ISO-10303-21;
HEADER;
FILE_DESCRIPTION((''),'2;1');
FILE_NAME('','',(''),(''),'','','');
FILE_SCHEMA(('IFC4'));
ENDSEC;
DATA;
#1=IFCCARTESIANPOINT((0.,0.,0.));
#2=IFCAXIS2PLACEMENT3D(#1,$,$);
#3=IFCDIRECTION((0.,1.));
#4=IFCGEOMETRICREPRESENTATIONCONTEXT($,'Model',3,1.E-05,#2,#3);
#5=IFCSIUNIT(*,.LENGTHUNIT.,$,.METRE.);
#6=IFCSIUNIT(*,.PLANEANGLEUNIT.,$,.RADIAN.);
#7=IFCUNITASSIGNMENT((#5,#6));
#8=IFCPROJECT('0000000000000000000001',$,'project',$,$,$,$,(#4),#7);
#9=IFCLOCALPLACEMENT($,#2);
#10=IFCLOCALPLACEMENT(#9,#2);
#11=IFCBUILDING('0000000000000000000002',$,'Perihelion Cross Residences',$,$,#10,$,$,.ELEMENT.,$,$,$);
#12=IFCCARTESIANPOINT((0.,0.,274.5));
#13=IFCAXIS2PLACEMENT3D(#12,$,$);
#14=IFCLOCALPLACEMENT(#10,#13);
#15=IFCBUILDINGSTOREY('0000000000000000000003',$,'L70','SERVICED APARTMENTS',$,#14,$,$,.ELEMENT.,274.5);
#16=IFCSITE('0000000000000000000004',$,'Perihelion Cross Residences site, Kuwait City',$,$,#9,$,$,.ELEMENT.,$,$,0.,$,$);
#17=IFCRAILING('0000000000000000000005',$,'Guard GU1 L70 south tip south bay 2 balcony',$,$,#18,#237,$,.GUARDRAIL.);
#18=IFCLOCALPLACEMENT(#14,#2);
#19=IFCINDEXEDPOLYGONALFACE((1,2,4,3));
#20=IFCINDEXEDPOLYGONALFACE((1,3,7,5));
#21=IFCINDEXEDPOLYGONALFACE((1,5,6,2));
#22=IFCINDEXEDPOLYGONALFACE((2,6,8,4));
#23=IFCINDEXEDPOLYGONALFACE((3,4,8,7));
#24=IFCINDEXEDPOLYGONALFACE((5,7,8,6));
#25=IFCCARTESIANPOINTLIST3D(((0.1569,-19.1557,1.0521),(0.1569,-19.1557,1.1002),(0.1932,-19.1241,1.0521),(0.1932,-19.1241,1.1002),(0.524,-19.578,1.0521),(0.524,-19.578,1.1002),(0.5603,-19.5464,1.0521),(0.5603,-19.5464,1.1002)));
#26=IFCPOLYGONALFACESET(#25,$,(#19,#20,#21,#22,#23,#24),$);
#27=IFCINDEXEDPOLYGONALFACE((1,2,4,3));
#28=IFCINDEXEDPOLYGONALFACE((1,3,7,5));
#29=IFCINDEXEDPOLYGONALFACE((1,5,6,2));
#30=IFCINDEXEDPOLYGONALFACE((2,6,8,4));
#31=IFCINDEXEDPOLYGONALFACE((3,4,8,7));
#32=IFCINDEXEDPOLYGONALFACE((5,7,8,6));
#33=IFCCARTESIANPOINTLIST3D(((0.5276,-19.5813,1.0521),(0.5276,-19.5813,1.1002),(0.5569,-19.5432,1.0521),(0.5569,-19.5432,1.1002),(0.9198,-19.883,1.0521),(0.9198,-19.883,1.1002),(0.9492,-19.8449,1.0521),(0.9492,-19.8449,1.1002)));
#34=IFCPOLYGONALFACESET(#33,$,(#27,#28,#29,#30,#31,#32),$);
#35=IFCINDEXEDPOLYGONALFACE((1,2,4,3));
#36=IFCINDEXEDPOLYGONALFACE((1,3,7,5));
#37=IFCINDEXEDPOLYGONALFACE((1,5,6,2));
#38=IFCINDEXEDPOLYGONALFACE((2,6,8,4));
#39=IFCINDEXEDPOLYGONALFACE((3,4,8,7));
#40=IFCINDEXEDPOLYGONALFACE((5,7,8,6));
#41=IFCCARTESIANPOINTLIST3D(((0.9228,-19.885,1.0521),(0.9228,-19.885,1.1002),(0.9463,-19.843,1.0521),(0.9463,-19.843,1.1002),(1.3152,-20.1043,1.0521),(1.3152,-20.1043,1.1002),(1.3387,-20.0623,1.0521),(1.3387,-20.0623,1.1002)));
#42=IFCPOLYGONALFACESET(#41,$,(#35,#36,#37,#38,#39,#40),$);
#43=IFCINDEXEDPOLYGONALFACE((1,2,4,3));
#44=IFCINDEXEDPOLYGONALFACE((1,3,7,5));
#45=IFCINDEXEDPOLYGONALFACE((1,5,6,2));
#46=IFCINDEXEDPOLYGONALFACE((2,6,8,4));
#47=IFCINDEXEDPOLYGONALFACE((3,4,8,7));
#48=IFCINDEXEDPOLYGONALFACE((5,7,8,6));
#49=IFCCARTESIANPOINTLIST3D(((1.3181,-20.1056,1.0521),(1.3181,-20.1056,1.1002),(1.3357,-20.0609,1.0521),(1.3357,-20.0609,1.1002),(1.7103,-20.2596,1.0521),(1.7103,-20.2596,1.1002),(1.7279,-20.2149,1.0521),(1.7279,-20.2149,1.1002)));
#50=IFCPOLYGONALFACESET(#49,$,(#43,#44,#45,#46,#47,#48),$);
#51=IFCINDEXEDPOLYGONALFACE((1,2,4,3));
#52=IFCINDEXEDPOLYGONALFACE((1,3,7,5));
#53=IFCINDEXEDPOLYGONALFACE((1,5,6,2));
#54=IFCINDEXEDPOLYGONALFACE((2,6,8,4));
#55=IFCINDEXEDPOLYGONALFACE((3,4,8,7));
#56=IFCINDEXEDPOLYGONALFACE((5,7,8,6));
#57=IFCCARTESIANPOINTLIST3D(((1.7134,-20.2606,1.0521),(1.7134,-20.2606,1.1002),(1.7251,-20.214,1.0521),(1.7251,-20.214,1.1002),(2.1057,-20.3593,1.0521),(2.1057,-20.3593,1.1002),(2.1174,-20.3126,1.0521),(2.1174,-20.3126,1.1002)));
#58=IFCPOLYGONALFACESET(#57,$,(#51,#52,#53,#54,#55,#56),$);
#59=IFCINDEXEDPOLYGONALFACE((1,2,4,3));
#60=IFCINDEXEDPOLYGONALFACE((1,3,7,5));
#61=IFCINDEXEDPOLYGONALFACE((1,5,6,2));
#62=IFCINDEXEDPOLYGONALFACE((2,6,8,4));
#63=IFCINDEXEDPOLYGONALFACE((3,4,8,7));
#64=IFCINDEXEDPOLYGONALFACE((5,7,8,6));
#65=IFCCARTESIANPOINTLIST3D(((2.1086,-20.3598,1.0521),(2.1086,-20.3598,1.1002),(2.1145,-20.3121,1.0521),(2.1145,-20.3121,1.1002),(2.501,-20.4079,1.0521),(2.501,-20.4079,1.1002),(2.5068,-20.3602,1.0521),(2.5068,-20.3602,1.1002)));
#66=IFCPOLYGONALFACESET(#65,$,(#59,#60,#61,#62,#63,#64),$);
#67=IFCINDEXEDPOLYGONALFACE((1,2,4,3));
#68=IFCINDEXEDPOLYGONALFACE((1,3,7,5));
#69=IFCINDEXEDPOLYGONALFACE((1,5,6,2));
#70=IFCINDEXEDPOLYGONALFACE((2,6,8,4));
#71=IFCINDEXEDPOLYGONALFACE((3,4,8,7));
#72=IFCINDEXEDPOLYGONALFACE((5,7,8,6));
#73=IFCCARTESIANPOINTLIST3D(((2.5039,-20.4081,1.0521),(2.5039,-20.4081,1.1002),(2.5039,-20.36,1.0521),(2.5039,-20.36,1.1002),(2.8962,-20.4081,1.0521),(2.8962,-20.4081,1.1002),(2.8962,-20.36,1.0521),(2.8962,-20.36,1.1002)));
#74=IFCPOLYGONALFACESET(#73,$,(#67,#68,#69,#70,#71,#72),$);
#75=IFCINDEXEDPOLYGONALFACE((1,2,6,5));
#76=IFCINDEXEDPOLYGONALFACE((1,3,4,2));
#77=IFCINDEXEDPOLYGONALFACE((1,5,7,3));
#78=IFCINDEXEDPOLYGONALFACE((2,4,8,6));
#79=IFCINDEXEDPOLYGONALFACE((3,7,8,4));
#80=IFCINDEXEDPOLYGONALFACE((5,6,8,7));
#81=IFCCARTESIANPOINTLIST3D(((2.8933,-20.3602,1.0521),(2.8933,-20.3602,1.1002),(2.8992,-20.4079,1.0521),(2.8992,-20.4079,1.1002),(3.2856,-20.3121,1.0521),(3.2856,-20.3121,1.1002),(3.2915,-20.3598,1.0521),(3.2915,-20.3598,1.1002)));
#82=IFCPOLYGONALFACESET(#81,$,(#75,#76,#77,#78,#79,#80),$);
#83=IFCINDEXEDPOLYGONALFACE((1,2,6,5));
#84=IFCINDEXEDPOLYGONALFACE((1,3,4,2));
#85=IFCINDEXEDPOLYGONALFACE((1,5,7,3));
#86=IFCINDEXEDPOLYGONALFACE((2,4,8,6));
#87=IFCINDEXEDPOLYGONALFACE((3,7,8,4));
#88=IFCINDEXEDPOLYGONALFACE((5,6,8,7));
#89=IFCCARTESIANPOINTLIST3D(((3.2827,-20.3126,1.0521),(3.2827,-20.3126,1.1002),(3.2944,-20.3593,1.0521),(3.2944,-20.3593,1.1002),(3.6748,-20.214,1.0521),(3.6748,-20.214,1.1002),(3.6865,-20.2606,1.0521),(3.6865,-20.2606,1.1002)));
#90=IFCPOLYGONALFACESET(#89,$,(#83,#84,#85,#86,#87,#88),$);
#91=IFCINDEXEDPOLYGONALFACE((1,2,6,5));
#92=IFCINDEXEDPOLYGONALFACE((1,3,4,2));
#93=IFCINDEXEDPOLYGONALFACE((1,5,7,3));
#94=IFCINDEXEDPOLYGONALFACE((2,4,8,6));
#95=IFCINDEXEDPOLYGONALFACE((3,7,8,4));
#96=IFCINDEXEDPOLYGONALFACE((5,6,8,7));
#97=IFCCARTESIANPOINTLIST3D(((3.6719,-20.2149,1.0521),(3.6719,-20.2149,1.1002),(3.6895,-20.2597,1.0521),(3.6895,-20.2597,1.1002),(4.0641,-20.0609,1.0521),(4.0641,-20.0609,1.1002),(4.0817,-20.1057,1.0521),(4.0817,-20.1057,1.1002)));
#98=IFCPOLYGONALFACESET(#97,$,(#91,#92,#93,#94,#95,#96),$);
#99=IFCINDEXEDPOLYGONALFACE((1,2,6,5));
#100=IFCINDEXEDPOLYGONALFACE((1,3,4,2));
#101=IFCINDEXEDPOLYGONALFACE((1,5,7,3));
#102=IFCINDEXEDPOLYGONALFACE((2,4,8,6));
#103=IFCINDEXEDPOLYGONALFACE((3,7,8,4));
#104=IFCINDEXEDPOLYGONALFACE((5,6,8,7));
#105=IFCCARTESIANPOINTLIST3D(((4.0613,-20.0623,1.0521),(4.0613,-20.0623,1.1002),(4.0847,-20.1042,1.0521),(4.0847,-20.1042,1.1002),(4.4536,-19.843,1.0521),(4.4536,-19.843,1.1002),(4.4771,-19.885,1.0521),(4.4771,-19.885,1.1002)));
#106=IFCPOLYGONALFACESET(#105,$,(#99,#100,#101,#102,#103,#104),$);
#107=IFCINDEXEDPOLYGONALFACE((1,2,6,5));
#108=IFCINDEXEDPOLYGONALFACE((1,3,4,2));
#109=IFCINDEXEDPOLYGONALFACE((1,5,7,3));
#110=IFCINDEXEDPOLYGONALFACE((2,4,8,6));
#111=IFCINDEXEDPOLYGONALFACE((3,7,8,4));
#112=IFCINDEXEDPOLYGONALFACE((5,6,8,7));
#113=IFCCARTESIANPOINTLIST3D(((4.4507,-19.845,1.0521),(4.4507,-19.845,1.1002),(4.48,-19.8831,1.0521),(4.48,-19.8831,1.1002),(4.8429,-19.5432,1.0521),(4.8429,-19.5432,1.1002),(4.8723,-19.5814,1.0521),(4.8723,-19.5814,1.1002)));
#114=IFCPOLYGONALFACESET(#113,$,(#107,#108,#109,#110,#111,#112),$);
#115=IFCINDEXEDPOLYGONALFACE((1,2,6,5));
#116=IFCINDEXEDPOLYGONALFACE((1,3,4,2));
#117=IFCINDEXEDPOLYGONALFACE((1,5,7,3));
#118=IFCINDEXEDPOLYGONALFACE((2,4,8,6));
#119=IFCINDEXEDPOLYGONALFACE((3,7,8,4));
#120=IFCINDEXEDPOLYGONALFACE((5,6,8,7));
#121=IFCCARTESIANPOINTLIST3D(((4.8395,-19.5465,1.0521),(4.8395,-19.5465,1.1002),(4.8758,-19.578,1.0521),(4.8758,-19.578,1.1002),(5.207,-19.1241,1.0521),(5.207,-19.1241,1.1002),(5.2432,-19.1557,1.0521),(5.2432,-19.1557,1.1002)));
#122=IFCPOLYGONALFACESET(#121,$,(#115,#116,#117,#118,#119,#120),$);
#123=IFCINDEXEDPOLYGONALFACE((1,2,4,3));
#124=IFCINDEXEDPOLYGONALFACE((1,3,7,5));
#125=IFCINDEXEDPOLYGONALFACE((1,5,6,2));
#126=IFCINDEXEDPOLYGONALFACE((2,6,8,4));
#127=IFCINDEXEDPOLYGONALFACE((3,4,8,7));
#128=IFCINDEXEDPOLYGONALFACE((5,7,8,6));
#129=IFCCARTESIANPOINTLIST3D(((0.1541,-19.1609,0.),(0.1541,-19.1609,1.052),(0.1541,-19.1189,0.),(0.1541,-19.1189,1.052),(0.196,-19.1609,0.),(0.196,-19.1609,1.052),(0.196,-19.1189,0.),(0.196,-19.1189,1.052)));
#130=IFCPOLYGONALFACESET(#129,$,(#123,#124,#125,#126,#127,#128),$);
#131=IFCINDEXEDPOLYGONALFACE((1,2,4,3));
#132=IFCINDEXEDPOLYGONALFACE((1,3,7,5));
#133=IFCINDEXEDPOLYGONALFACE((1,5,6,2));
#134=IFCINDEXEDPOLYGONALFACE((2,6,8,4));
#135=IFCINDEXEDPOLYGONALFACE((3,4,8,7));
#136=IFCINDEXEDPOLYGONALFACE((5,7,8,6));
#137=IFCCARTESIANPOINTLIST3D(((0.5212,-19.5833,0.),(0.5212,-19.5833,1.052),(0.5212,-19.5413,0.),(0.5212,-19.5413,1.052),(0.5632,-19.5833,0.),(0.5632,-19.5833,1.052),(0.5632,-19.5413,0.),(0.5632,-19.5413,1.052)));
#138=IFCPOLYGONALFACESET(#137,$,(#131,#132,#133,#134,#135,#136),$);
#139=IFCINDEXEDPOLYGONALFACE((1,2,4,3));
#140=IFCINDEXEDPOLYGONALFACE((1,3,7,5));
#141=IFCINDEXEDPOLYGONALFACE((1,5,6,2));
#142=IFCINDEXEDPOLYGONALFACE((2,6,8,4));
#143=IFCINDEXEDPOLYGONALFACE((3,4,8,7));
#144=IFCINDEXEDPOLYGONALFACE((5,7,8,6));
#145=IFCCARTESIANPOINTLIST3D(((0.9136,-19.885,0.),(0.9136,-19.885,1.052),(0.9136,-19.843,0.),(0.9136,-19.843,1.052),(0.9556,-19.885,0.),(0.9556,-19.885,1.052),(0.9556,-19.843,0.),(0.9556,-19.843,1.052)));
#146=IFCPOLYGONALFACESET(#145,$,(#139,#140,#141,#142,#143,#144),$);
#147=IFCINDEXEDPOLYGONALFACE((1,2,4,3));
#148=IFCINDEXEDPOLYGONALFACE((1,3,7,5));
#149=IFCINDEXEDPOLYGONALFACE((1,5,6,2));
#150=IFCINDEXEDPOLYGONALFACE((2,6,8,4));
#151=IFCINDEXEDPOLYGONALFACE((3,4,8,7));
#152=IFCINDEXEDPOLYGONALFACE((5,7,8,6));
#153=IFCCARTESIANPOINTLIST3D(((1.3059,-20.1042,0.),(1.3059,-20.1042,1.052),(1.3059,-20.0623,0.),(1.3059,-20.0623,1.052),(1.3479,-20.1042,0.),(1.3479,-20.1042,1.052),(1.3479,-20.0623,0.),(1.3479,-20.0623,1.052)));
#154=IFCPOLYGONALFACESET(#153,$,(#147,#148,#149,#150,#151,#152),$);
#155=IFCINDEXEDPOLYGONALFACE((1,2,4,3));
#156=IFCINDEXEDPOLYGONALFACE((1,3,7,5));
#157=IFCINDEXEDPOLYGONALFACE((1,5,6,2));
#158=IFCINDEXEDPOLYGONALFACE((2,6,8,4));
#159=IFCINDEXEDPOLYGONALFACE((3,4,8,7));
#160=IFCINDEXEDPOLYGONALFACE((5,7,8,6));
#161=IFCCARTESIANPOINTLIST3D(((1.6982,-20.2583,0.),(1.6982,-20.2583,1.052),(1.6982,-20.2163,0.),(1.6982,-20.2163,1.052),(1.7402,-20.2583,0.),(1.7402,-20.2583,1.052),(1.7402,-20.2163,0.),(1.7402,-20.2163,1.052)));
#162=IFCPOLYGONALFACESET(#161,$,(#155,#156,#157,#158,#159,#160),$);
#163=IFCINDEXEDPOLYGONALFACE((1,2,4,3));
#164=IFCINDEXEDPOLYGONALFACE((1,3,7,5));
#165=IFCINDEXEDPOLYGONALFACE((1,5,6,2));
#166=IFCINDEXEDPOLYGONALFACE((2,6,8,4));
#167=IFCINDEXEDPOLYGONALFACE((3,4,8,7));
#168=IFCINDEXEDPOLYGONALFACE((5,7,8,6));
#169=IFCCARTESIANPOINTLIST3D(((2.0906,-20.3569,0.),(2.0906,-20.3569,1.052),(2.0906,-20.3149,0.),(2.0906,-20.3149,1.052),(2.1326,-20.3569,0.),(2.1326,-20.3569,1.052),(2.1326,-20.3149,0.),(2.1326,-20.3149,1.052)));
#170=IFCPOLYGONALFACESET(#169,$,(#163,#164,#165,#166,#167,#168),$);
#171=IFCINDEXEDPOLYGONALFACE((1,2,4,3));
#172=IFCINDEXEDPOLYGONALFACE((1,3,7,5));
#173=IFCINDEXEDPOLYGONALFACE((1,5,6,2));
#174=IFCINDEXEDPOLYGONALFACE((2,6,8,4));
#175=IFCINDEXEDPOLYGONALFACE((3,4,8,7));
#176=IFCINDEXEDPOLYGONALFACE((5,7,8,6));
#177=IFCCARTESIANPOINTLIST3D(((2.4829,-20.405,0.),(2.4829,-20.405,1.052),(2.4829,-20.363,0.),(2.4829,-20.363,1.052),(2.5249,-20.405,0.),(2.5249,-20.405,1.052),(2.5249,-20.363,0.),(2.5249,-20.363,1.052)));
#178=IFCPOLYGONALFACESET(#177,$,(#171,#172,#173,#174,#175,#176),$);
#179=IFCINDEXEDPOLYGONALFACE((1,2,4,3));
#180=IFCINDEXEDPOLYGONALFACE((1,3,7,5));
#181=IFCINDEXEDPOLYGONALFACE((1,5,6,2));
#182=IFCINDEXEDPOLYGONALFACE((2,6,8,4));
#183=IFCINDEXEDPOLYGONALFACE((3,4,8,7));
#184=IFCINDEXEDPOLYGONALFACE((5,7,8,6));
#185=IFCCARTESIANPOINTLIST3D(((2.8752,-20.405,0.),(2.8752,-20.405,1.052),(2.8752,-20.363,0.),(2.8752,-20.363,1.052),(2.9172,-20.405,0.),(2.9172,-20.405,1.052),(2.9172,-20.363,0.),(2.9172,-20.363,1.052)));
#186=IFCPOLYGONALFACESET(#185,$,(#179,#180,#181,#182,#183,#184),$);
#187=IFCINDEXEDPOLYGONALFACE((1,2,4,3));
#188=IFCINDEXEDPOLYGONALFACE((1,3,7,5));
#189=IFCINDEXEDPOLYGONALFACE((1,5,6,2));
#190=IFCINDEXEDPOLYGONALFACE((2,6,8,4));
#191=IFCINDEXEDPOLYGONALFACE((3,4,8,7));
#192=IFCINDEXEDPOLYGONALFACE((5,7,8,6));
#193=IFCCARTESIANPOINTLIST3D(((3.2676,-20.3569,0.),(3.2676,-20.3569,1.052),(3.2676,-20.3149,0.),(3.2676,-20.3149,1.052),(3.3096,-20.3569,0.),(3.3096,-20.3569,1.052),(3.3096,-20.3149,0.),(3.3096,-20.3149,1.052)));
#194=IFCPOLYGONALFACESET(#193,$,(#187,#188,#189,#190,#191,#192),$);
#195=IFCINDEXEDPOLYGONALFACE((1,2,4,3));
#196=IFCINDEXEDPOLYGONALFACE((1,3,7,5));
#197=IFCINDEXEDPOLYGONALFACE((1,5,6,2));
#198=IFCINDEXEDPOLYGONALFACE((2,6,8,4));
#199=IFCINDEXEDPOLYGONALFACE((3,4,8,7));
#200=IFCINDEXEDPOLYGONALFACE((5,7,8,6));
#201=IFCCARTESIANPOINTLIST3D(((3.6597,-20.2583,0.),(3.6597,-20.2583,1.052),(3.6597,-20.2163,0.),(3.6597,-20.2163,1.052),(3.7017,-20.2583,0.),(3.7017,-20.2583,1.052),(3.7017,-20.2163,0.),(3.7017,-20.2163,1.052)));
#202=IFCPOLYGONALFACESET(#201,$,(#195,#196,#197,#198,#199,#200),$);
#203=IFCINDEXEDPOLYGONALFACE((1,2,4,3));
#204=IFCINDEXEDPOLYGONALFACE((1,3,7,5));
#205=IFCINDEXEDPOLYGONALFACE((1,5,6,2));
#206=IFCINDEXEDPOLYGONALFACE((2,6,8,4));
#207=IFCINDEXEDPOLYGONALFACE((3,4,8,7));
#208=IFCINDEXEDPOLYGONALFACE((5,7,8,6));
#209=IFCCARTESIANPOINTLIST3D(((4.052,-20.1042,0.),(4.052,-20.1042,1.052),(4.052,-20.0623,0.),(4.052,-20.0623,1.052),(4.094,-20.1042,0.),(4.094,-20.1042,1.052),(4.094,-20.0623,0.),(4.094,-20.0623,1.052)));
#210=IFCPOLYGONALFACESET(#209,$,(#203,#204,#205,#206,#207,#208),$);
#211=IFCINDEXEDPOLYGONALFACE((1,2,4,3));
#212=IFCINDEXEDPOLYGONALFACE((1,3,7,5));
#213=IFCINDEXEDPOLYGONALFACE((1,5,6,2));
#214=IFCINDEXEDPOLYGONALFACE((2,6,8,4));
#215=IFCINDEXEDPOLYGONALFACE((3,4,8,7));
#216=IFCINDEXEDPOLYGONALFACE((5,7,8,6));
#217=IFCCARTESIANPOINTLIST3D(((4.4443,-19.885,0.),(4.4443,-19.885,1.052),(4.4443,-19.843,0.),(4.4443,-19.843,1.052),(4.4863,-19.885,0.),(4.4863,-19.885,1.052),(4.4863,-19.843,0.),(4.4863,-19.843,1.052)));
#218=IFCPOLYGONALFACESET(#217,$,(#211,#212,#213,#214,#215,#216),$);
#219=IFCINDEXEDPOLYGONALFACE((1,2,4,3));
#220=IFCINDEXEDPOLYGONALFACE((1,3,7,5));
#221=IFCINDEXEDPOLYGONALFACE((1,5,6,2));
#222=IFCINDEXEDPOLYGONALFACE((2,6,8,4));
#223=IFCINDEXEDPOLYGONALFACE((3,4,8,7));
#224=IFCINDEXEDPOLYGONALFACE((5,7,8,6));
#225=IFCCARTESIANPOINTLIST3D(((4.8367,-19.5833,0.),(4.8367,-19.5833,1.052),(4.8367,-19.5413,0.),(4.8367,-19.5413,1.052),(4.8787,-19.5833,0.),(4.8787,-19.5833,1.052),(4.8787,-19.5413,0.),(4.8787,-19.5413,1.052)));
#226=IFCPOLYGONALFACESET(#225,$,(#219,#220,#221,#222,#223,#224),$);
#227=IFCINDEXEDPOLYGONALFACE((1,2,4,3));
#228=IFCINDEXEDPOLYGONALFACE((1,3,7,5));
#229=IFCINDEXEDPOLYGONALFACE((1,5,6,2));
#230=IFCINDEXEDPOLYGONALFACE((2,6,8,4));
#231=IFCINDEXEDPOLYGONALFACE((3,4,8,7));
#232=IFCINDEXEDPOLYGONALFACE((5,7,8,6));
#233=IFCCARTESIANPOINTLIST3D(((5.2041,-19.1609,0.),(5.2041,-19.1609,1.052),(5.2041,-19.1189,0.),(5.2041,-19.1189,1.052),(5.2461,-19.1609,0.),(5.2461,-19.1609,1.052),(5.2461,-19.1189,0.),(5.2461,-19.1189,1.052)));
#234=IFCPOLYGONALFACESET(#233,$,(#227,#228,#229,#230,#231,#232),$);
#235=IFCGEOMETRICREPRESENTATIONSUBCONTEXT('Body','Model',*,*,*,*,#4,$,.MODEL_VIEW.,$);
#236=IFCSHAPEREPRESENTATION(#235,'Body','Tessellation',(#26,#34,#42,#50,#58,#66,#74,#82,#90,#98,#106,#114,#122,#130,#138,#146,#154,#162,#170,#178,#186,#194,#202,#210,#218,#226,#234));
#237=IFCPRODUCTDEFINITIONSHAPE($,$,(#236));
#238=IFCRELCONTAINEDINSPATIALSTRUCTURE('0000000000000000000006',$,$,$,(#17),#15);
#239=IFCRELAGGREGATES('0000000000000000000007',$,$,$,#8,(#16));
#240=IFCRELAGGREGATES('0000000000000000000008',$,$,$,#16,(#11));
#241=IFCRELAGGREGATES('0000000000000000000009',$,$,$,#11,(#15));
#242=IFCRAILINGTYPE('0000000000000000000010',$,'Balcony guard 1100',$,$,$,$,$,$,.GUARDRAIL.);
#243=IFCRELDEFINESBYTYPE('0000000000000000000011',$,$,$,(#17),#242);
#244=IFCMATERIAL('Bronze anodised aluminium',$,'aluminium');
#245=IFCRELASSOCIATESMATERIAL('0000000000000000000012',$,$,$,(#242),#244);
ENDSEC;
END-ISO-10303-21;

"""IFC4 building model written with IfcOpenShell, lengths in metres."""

from ifc_helpers import new_model, si_unit, direction, frame, origin, origin_2d, place, context, subcontext, project, spatial, rectangle, extrude, material, type_object, element, save


model = new_model("IFC4")

# Units and contexts
model_context = context("Model", 3, precision=1e-05, world=origin(), true_north=direction((0.0, 1.0)))
body_context = subcontext(model_context, "Body", "Model", "MODEL_VIEW")
ifc_project = project(units=[si_unit("LENGTHUNIT", "METRE"), si_unit("PLANEANGLEUNIT", "RADIAN")], contexts=[model_context])

# Site, building, storey
site_placement = place(None, origin())
site = spatial("IfcSite", under=ifc_project, at=site_placement, Name="Perihelion Cross Residences site, Kuwait City", CompositionType="ELEMENT", RefElevation=0.0)
building_placement = place(site_placement, origin())
building = spatial("IfcBuilding", under=site, at=building_placement, Name="Perihelion Cross Residences", CompositionType="ELEMENT")
storey_placement = place(building_placement, frame((0.0, 0.0, 274.5)))
storey = spatial("IfcBuildingStorey", under=building, at=storey_placement, Name="L70", Description="SERVICED APARTMENTS", CompositionType="ELEMENT", Elevation=274.5)

# Railing
ifc_material_1 = material(Name="Bronze anodised aluminium", Category="aluminium")
railing_type = type_object("IfcRailingType", Name="Balcony guard 1100", PredefinedType="GUARDRAIL", material=ifc_material_1)
railing_placement = place(storey_placement, frame((0.175, -19.1399, 0.0)))
element("IfcRailing", 1, at=railing_placement, inside=storey, type_object=railing_type, Name="Guard GU1 L70 south tip south bay 2 balcony", PredefinedType="GUARDRAIL", context=body_context, shape_type="SweptSolid", body=[
    extrude(rectangle(XDim=0.0481, YDim=0.0481, at=origin_2d()), frame((0.0, 0.0, 1.0762), z_axis=(0.656092, -0.754681, 0.0), x_axis=(0.754681, 0.656092, 0.0)), (0.0, 0.0, 1.0), 0.5596),
    extrude(rectangle(XDim=0.0481, YDim=0.0481, at=origin_2d()), frame((0.3672, -0.4224, 1.0762), z_axis=(0.792661, -0.609663, 0.0), x_axis=(0.609663, 0.792661, 0.0)), (0.0, 0.0, 1.0), 0.4949),
    extrude(rectangle(XDim=0.0481, YDim=0.0481, at=origin_2d()), frame((0.7595, -0.7241, 1.0762), z_axis=(0.87295, -0.487809, 0.0), x_axis=(0.487809, 0.87295, 0.0)), (0.0, 0.0, 1.0), 0.4495),
    extrude(rectangle(XDim=0.0481, YDim=0.0481, at=origin_2d()), frame((1.1519, -0.9434, 1.0762), z_axis=(0.930815, -0.365491, 0.0), x_axis=(0.365491, 0.930815, 0.0)), (0.0, 0.0, 1.0), 0.4214),
    extrude(rectangle(XDim=0.0481, YDim=0.0481, at=origin_2d()), frame((1.5442, -1.0974, 1.0762), z_axis=(0.969822, -0.243813, 0.0), x_axis=(0.243813, 0.969822, 0.0)), (0.0, 0.0, 1.0), 0.4045),
    extrude(rectangle(XDim=0.0481, YDim=0.0481, at=origin_2d()), frame((1.9365, -1.196, 1.0762), z_axis=(0.99257, -0.121678, 0.0), x_axis=(0.121678, 0.99257, 0.0)), (0.0, 0.0, 1.0), 0.3953),
    extrude(rectangle(XDim=0.0481, YDim=0.0481, at=origin_2d()), frame((2.3289, -1.2441, 1.0762), z_axis=(1.0, 0.0, 0.0), x_axis=(0.0, 1.0, 0.0)), (0.0, 0.0, 1.0), 0.3923),
    extrude(rectangle(XDim=0.0481, YDim=0.0481, at=origin_2d()), frame((2.7212, -1.2441, 1.0762), z_axis=(0.99257, 0.121678, 0.0), x_axis=(-0.121678, 0.99257, 0.0)), (0.0, 0.0, 1.0), 0.3953),
    extrude(rectangle(XDim=0.0481, YDim=0.0481, at=origin_2d()), frame((3.1135, -1.196, 1.0762), z_axis=(0.969786, 0.243956, 0.0), x_axis=(-0.243956, 0.969786, 0.0)), (0.0, 0.0, 1.0), 0.4043),
    extrude(rectangle(XDim=0.0481, YDim=0.0481, at=origin_2d()), frame((3.5056, -1.0974, 1.0762), z_axis=(0.930815, 0.365491, 0.0), x_axis=(-0.365491, 0.930815, 0.0)), (0.0, 0.0, 1.0), 0.4214),
    extrude(rectangle(XDim=0.0481, YDim=0.0481, at=origin_2d()), frame((3.8979, -0.9434, 1.0762), z_axis=(0.87295, 0.487809, 0.0), x_axis=(-0.487809, 0.87295, 0.0)), (0.0, 0.0, 1.0), 0.4495),
    extrude(rectangle(XDim=0.0481, YDim=0.0481, at=origin_2d()), frame((4.2903, -0.7241, 1.0762), z_axis=(0.792661, 0.609663, 0.0), x_axis=(-0.609663, 0.792661, 0.0)), (0.0, 0.0, 1.0), 0.4949),
    extrude(rectangle(XDim=0.0481, YDim=0.0481, at=origin_2d()), frame((4.6826, -0.4224, 1.0762), z_axis=(0.656341, 0.754465, 0.0), x_axis=(-0.754465, 0.656341, 0.0)), (0.0, 0.0, 1.0), 0.5598),
    extrude(rectangle(XDim=0.042, YDim=0.042, at=origin_2d()), origin(), (0.0, 0.0, 1.0), 1.052),
    extrude(rectangle(XDim=0.042, YDim=0.042, at=origin_2d()), frame((0.3672, -0.4224, 0.0)), (0.0, 0.0, 1.0), 1.052),
    extrude(rectangle(XDim=0.042, YDim=0.042, at=origin_2d()), frame((0.7595, -0.7241, 0.0)), (0.0, 0.0, 1.0), 1.052),
    extrude(rectangle(XDim=0.042, YDim=0.042, at=origin_2d()), frame((1.1519, -0.9434, 0.0)), (0.0, 0.0, 1.0), 1.052),
    extrude(rectangle(XDim=0.042, YDim=0.042, at=origin_2d()), frame((1.5442, -1.0974, 0.0)), (0.0, 0.0, 1.0), 1.052),
    extrude(rectangle(XDim=0.042, YDim=0.042, at=origin_2d()), frame((1.9365, -1.196, 0.0)), (0.0, 0.0, 1.0), 1.052),
    extrude(rectangle(XDim=0.042, YDim=0.042, at=origin_2d()), frame((2.3289, -1.2441, 0.0)), (0.0, 0.0, 1.0), 1.052),
    extrude(rectangle(XDim=0.042, YDim=0.042, at=origin_2d()), frame((2.7212, -1.2441, 0.0)), (0.0, 0.0, 1.0), 1.052),
    extrude(rectangle(XDim=0.042, YDim=0.042, at=origin_2d()), frame((3.1135, -1.196, 0.0)), (0.0, 0.0, 1.0), 1.052),
    extrude(rectangle(XDim=0.042, YDim=0.042, at=origin_2d()), frame((3.5056, -1.0974, 0.0)), (0.0, 0.0, 1.0), 1.052),
    extrude(rectangle(XDim=0.042, YDim=0.042, at=origin_2d()), frame((3.8979, -0.9434, 0.0)), (0.0, 0.0, 1.0), 1.052),
    extrude(rectangle(XDim=0.042, YDim=0.042, at=origin_2d()), frame((4.2903, -0.7241, 0.0)), (0.0, 0.0, 1.0), 1.052),
    extrude(rectangle(XDim=0.042, YDim=0.042, at=origin_2d()), frame((4.6826, -0.4224, 0.0)), (0.0, 0.0, 1.0), 1.052),
    extrude(rectangle(XDim=0.042, YDim=0.042, at=origin_2d()), frame((5.05, 0.0, 0.0)), (0.0, 0.0, 1.0), 1.052),
])

save(model, "model.ifc")
